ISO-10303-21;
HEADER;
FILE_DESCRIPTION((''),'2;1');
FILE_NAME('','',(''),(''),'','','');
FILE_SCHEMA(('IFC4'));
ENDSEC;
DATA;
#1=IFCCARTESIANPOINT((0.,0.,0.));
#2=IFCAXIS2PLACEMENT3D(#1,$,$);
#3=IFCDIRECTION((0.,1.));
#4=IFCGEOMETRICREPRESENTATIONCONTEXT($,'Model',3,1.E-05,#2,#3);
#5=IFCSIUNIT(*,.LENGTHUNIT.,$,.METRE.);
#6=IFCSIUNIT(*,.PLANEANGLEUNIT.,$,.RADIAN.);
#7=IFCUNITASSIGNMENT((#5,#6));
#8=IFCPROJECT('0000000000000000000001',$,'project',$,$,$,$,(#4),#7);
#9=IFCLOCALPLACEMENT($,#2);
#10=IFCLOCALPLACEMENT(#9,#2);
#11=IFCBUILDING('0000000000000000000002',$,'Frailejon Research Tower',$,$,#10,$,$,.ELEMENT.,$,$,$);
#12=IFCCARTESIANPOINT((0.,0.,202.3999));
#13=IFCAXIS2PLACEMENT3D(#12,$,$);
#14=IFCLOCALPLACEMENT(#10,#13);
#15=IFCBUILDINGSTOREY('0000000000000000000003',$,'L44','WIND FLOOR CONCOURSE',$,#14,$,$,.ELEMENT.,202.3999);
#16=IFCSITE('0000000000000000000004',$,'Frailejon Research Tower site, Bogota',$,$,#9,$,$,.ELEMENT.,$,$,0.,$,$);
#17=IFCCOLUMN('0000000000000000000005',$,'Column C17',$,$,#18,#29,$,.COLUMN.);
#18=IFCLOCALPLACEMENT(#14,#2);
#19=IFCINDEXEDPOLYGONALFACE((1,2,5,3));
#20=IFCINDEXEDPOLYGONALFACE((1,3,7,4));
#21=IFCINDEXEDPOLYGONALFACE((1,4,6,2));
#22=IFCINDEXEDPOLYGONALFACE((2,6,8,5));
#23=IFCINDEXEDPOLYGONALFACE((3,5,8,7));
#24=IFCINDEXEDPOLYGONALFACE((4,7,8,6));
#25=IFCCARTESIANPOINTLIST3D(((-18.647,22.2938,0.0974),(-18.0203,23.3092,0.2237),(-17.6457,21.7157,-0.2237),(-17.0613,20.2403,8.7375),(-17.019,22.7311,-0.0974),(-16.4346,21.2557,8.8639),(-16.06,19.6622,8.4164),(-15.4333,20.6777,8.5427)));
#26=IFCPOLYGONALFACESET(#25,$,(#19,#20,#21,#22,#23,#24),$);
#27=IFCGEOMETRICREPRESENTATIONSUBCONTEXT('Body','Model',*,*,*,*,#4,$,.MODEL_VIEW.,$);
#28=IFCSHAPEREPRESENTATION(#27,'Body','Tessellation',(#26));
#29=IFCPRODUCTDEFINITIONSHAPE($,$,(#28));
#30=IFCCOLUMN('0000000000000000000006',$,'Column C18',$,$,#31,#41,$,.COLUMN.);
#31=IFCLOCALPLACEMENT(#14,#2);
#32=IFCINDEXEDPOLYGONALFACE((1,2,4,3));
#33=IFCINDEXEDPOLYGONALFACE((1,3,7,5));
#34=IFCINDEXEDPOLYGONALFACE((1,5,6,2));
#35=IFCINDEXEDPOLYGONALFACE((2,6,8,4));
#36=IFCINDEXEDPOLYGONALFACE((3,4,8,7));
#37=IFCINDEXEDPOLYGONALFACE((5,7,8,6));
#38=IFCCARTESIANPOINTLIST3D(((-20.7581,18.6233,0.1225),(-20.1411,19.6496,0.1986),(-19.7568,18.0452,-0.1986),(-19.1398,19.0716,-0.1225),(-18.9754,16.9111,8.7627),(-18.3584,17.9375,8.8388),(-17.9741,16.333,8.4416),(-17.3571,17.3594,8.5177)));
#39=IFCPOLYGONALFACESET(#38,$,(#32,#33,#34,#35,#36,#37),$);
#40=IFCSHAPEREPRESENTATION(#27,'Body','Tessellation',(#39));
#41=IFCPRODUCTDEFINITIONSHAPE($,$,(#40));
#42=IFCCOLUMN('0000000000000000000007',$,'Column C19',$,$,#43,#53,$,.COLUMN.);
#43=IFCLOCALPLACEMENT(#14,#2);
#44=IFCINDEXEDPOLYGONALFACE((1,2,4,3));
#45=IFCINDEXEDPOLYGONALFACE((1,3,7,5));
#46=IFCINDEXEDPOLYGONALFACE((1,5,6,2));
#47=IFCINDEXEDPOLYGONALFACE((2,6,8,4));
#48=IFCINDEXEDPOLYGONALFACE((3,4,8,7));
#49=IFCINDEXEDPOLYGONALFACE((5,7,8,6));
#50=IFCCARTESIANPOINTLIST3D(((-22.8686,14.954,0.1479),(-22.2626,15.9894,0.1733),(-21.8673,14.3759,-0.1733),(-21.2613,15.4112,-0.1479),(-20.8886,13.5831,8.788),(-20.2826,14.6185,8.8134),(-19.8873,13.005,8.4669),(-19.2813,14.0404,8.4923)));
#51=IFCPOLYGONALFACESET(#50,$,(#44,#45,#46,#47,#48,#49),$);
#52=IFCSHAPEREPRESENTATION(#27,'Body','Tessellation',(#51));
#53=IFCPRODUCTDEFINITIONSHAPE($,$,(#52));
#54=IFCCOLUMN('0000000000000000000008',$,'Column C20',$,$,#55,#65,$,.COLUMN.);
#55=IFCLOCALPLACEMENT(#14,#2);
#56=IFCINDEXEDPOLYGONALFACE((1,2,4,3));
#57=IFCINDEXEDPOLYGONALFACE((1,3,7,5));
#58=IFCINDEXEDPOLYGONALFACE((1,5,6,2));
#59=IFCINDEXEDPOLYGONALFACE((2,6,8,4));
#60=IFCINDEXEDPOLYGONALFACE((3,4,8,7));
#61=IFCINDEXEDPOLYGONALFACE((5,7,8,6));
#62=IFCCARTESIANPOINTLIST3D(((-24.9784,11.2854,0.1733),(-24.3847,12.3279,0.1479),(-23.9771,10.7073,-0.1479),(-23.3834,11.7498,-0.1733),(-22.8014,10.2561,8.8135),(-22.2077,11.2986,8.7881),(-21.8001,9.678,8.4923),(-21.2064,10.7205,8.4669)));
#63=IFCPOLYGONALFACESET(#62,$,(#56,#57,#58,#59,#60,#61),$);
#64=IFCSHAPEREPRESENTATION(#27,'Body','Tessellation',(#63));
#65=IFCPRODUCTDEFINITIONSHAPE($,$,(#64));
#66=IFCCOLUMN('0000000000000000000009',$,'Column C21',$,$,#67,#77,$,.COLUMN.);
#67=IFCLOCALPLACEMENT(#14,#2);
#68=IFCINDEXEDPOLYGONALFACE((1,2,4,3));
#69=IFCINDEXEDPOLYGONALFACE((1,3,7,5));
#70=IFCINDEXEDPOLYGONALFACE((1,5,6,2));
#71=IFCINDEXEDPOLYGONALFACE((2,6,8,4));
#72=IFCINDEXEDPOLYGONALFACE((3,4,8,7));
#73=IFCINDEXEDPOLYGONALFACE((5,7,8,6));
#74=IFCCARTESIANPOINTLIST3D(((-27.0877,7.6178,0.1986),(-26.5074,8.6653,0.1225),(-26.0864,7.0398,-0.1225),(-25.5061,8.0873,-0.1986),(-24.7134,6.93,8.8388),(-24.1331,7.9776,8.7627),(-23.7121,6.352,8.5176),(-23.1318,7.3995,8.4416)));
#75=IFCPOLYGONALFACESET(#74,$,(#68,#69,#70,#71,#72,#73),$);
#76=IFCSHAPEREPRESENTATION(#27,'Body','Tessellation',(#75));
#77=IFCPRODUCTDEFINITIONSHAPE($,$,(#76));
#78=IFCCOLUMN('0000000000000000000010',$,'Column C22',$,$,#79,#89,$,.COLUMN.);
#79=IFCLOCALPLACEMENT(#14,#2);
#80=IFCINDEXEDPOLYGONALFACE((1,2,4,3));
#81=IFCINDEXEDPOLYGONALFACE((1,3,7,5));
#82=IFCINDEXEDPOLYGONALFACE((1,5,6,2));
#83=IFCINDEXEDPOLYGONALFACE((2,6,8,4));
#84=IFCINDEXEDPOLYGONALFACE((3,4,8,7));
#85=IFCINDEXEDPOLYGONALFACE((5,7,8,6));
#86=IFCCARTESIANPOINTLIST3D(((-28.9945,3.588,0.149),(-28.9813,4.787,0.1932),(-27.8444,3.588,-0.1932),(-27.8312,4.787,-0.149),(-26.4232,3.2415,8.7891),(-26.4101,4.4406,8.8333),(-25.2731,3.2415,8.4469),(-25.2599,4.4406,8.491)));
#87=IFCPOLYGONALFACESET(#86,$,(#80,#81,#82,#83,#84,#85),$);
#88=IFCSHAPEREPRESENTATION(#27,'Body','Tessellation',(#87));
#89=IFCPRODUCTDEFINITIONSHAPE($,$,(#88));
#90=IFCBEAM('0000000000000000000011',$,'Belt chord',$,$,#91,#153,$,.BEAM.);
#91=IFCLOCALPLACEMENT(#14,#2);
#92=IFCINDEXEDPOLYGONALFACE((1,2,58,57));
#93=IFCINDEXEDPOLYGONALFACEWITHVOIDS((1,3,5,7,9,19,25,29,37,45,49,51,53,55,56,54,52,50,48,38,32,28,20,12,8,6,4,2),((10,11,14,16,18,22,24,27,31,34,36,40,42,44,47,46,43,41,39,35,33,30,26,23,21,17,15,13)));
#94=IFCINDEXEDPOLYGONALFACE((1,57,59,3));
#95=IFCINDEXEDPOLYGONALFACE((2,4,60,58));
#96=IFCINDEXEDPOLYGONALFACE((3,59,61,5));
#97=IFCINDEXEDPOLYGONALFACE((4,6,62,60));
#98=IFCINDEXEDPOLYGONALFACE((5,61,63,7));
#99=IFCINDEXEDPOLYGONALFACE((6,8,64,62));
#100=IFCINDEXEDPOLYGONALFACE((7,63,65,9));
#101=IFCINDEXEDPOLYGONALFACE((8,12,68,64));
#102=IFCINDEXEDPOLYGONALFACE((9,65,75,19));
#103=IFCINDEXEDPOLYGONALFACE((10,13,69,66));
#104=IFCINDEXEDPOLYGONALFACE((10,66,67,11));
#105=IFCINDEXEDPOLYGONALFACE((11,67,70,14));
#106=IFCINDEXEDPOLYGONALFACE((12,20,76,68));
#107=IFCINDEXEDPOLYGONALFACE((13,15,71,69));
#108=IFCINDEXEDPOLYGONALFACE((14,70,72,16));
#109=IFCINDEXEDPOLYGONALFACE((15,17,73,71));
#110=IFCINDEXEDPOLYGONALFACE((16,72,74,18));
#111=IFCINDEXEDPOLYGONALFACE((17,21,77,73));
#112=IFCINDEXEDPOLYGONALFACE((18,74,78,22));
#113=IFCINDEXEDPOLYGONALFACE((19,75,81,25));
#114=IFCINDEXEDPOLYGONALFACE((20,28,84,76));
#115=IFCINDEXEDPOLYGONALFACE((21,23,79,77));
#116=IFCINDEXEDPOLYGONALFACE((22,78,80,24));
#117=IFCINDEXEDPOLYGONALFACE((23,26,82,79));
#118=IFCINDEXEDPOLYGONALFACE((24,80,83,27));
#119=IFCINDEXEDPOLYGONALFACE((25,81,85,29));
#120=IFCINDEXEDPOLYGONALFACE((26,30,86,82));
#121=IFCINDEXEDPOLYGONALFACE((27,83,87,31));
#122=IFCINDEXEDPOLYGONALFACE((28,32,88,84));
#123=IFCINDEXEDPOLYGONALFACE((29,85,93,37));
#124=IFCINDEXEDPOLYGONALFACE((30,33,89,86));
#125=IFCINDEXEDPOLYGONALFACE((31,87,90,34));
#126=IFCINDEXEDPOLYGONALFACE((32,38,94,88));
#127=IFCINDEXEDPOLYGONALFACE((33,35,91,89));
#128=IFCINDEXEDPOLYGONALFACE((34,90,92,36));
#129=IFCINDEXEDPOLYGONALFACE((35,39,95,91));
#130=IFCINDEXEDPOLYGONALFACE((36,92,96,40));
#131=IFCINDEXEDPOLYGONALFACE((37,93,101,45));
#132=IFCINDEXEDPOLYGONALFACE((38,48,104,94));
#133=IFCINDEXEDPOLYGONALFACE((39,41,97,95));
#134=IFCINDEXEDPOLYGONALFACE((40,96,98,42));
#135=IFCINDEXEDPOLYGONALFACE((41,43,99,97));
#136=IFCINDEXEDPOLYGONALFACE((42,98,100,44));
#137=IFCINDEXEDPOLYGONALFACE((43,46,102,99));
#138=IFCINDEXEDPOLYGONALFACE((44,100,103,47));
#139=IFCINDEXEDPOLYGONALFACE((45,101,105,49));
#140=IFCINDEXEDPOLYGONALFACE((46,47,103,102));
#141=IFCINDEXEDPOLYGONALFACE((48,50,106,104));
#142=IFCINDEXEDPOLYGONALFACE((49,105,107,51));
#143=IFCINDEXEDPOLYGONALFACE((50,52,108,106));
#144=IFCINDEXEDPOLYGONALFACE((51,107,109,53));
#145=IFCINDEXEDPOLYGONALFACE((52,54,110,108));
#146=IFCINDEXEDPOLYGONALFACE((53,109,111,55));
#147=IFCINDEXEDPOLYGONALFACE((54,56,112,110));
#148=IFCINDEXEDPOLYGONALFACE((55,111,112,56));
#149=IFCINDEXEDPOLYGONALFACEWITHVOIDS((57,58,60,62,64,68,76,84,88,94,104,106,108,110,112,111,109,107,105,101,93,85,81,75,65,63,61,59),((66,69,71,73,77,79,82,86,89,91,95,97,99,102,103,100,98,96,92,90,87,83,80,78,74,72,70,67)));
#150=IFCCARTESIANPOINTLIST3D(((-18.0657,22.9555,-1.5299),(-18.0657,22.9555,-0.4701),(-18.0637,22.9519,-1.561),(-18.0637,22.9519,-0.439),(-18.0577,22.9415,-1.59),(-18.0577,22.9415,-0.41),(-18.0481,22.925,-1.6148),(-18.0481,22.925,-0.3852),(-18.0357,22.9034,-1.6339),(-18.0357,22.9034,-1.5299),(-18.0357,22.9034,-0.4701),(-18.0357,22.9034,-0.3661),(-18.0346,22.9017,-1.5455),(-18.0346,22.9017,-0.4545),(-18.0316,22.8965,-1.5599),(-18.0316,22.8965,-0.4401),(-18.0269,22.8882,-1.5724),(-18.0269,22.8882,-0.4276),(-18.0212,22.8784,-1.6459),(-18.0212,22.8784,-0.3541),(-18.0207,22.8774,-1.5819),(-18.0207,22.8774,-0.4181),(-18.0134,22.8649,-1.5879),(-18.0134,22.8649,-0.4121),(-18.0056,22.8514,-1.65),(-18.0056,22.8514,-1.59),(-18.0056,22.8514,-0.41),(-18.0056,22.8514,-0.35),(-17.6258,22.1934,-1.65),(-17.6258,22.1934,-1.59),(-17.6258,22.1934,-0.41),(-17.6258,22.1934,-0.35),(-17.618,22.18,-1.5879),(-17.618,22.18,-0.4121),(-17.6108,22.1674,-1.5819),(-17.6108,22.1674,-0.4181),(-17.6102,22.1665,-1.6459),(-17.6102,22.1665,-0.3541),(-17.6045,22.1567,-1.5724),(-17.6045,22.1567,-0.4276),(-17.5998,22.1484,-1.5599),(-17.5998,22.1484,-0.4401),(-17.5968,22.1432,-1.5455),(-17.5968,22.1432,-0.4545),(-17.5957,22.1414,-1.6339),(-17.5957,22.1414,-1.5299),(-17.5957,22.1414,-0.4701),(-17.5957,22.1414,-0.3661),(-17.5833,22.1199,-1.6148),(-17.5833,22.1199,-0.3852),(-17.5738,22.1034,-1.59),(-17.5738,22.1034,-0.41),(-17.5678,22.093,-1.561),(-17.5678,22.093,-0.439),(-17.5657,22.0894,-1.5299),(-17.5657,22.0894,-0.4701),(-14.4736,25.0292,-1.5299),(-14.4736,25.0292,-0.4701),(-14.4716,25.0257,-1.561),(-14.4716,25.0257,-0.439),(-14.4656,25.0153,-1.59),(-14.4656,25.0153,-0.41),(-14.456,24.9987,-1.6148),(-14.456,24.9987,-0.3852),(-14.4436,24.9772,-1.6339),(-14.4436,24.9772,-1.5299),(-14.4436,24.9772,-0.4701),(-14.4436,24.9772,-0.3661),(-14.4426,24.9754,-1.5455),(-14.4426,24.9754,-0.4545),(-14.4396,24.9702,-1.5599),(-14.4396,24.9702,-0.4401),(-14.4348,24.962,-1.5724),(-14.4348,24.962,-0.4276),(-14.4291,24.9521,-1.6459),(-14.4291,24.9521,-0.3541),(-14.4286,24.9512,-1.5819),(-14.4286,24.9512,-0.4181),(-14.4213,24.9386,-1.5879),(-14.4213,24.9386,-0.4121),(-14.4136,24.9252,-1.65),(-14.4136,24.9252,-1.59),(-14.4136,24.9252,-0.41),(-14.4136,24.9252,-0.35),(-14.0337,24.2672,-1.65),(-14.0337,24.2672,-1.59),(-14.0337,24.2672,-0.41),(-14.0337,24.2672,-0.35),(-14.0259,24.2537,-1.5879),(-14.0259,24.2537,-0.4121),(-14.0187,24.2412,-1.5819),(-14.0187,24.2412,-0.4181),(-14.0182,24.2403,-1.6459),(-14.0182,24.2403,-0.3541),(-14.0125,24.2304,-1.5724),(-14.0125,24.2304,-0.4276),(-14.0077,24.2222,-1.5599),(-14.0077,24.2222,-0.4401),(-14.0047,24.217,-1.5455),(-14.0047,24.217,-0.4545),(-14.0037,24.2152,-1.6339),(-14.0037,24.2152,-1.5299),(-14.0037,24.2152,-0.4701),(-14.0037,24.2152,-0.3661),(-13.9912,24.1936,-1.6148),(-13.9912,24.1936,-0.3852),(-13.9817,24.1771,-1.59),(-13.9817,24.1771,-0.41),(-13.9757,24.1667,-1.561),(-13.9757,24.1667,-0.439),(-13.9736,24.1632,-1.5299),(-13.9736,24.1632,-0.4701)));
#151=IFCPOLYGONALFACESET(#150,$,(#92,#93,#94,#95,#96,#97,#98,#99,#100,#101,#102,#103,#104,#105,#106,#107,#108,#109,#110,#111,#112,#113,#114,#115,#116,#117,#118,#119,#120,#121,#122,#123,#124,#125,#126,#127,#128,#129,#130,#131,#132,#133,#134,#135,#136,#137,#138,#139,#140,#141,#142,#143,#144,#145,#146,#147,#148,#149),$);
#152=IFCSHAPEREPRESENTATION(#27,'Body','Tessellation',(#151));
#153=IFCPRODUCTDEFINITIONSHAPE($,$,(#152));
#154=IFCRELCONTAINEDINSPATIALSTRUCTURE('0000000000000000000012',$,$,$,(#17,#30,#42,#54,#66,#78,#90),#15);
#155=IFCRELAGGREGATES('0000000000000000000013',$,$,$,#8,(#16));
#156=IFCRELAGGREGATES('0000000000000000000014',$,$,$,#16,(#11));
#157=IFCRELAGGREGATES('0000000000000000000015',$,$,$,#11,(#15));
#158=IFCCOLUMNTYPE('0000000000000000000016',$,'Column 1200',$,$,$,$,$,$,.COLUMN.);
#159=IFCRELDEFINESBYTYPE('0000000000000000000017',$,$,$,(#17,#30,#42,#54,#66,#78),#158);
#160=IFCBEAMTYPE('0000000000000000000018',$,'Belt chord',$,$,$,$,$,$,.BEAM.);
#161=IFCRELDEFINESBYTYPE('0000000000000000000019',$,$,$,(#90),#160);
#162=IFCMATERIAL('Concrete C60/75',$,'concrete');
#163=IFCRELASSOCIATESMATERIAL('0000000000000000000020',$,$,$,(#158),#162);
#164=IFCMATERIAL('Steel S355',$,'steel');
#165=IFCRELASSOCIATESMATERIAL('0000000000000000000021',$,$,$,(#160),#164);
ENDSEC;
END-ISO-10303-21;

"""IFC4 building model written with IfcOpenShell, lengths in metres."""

from ifc_helpers import new_model, si_unit, direction, frame, origin, origin_2d, place, context, subcontext, project, spatial, rectangle, hollow_rectangle, extrude, material, material_profile, profile_set, type_object, element, save


model = new_model("IFC4")

# Units and contexts
model_context = context("Model", 3, precision=1e-05, world=origin(), true_north=direction((0.0, 1.0)))
body_context = subcontext(model_context, "Body", "Model", "MODEL_VIEW")
ifc_project = project(units=[si_unit("LENGTHUNIT", "METRE"), si_unit("PLANEANGLEUNIT", "RADIAN")], contexts=[model_context])

# Site, building, storey
site_placement = place(None, origin())
site = spatial("IfcSite", under=ifc_project, at=site_placement, Name="Frailejon Research Tower site, Bogota", CompositionType="ELEMENT", RefElevation=0.0)
building_placement = place(site_placement, origin())
building = spatial("IfcBuilding", under=site, at=building_placement, Name="Frailejon Research Tower", CompositionType="ELEMENT")
storey_placement = place(building_placement, frame((0.0, 0.0, 202.3999)))
storey = spatial("IfcBuildingStorey", under=building, at=storey_placement, Name="L44", Description="WIND FLOOR CONCOURSE", CompositionType="ELEMENT", Elevation=202.3999)

# Columns
ifc_material_1 = material(Name="Concrete C60/75", Category="concrete")
ifc_material_profile_1 = material_profile(ifc_material_1, rectangle(XDim=1.2, YDim=1.2, at=origin_2d()), Name="Column 1200")
ifc_profile_set_1 = profile_set([ifc_material_profile_1], Name="Concrete C60/75")
column_type = type_object("IfcColumnType", Name="Column 1200", PredefinedType="COLUMN", material=ifc_profile_set_1)
column_1_placement = place(storey_placement, frame((-17.833, 22.5125, 0.0), z_axis=(0.175773, -0.227625, 0.957753), x_axis=(-0.5223, -0.84624, -0.105267)))
element("IfcColumn", 1, at=column_1_placement, inside=storey, type_object=column_type, Name="Column C17", PredefinedType="COLUMN", context=body_context, shape_type="SweptSolid", body=[
    extrude(rectangle(XDim=1.2, YDim=1.2, at=origin_2d()), origin(), (0.0, 0.0, 1.0), 9.0212),
])
column_2_placement = place(storey_placement, frame((-19.949, 18.8474, 0.0), z_axis=(0.198372, -0.19052, 0.961432), x_axis=(-0.51417, -0.855341, -0.063409)))
element("IfcColumn", 2, at=column_2_placement, inside=storey, type_object=column_type, Name="Column C18", PredefinedType="COLUMN", context=body_context, shape_type="SweptSolid", body=[
    extrude(rectangle(XDim=1.2, YDim=1.2, at=origin_2d()), origin(), (0.0, 0.0, 1.0), 8.9868),
])
for number, where, z_axis, x_axis, name in (
    (3, (-22.0649, 15.1826, 0.0), (0.220746, -0.152835, 0.963282), (-0.505005, -0.862856, -0.021174), "Column C19"),
    (4, (-24.1809, 11.5176, 0.0), (0.242713, -0.114756, 0.963287), (-0.494794, -0.868752, 0.021176), "Column C20"),
):
    element("IfcColumn", number, at=place(storey_placement, frame(where, z_axis=z_axis, x_axis=x_axis)), inside=storey, type_object=column_type, Name=name, PredefinedType="COLUMN", context=body_context, shape_type="SweptSolid", body=[
        extrude(rectangle(XDim=1.2, YDim=1.2, at=origin_2d()), origin(), (0.0, 0.0, 1.0), 8.9695),
    ])
column_3_placement = place(storey_placement, frame((-26.2969, 7.8525, 0.0), z_axis=(0.264196, -0.076528, 0.961428), x_axis=(-0.483613, -0.872983, 0.063406)))
element("IfcColumn", 5, at=column_3_placement, inside=storey, type_object=column_type, Name="Column C21", PredefinedType="COLUMN", context=body_context, shape_type="SweptSolid", body=[
    extrude(rectangle(XDim=1.2, YDim=1.2, at=origin_2d()), origin(), (0.0, 0.0, 1.0), 8.9868),
])
column_4_placement = place(storey_placement, frame((-28.4128, 4.1875, 0.0), z_axis=(0.285025, -0.038402, 0.957751), x_axis=(-0.010942, -0.999262, -0.03681)))
element("IfcColumn", 6, at=column_4_placement, inside=storey, type_object=column_type, Name="Column C22", PredefinedType="COLUMN", context=body_context, shape_type="SweptSolid", body=[
    extrude(rectangle(XDim=1.2, YDim=1.2, at=origin_2d()), origin(), (0.0, 0.0, 1.0), 9.0212),
])

# Beam
ifc_material_2 = material(Name="Steel S355", Category="steel")
ifc_material_profile_2 = material_profile(ifc_material_2, hollow_rectangle(XDim=1.0, YDim=1.3, WallThickness=0.0601, InnerFilletRadius=0.0601, OuterFilletRadius=0.1201, at=origin_2d()), Name="Belt chord")
ifc_profile_set_2 = profile_set([ifc_material_profile_2], Name="Steel S355")
beam_type_1 = type_object("IfcBeamType", Name="Belt chord", PredefinedType="BEAM", material=ifc_profile_set_2)
beam_1_placement = place(storey_placement, frame((-14.2236, 24.5962, -1.0), z_axis=(-0.86604, -0.499976, 0.0), x_axis=(0.499976, -0.86604, 0.0)))
element("IfcBeam", 7, at=beam_1_placement, inside=storey, type_object=beam_type_1, Name="Belt chord", PredefinedType="BEAM", context=body_context, shape_type="SweptSolid", body=[
    extrude(hollow_rectangle(XDim=1.0, YDim=1.3, WallThickness=0.0601, InnerFilletRadius=0.0601, OuterFilletRadius=0.1201, at=origin_2d()), origin(), (0.0, 0.0, 1.0), 4.1477),
])

save(model, "model.ifc")
